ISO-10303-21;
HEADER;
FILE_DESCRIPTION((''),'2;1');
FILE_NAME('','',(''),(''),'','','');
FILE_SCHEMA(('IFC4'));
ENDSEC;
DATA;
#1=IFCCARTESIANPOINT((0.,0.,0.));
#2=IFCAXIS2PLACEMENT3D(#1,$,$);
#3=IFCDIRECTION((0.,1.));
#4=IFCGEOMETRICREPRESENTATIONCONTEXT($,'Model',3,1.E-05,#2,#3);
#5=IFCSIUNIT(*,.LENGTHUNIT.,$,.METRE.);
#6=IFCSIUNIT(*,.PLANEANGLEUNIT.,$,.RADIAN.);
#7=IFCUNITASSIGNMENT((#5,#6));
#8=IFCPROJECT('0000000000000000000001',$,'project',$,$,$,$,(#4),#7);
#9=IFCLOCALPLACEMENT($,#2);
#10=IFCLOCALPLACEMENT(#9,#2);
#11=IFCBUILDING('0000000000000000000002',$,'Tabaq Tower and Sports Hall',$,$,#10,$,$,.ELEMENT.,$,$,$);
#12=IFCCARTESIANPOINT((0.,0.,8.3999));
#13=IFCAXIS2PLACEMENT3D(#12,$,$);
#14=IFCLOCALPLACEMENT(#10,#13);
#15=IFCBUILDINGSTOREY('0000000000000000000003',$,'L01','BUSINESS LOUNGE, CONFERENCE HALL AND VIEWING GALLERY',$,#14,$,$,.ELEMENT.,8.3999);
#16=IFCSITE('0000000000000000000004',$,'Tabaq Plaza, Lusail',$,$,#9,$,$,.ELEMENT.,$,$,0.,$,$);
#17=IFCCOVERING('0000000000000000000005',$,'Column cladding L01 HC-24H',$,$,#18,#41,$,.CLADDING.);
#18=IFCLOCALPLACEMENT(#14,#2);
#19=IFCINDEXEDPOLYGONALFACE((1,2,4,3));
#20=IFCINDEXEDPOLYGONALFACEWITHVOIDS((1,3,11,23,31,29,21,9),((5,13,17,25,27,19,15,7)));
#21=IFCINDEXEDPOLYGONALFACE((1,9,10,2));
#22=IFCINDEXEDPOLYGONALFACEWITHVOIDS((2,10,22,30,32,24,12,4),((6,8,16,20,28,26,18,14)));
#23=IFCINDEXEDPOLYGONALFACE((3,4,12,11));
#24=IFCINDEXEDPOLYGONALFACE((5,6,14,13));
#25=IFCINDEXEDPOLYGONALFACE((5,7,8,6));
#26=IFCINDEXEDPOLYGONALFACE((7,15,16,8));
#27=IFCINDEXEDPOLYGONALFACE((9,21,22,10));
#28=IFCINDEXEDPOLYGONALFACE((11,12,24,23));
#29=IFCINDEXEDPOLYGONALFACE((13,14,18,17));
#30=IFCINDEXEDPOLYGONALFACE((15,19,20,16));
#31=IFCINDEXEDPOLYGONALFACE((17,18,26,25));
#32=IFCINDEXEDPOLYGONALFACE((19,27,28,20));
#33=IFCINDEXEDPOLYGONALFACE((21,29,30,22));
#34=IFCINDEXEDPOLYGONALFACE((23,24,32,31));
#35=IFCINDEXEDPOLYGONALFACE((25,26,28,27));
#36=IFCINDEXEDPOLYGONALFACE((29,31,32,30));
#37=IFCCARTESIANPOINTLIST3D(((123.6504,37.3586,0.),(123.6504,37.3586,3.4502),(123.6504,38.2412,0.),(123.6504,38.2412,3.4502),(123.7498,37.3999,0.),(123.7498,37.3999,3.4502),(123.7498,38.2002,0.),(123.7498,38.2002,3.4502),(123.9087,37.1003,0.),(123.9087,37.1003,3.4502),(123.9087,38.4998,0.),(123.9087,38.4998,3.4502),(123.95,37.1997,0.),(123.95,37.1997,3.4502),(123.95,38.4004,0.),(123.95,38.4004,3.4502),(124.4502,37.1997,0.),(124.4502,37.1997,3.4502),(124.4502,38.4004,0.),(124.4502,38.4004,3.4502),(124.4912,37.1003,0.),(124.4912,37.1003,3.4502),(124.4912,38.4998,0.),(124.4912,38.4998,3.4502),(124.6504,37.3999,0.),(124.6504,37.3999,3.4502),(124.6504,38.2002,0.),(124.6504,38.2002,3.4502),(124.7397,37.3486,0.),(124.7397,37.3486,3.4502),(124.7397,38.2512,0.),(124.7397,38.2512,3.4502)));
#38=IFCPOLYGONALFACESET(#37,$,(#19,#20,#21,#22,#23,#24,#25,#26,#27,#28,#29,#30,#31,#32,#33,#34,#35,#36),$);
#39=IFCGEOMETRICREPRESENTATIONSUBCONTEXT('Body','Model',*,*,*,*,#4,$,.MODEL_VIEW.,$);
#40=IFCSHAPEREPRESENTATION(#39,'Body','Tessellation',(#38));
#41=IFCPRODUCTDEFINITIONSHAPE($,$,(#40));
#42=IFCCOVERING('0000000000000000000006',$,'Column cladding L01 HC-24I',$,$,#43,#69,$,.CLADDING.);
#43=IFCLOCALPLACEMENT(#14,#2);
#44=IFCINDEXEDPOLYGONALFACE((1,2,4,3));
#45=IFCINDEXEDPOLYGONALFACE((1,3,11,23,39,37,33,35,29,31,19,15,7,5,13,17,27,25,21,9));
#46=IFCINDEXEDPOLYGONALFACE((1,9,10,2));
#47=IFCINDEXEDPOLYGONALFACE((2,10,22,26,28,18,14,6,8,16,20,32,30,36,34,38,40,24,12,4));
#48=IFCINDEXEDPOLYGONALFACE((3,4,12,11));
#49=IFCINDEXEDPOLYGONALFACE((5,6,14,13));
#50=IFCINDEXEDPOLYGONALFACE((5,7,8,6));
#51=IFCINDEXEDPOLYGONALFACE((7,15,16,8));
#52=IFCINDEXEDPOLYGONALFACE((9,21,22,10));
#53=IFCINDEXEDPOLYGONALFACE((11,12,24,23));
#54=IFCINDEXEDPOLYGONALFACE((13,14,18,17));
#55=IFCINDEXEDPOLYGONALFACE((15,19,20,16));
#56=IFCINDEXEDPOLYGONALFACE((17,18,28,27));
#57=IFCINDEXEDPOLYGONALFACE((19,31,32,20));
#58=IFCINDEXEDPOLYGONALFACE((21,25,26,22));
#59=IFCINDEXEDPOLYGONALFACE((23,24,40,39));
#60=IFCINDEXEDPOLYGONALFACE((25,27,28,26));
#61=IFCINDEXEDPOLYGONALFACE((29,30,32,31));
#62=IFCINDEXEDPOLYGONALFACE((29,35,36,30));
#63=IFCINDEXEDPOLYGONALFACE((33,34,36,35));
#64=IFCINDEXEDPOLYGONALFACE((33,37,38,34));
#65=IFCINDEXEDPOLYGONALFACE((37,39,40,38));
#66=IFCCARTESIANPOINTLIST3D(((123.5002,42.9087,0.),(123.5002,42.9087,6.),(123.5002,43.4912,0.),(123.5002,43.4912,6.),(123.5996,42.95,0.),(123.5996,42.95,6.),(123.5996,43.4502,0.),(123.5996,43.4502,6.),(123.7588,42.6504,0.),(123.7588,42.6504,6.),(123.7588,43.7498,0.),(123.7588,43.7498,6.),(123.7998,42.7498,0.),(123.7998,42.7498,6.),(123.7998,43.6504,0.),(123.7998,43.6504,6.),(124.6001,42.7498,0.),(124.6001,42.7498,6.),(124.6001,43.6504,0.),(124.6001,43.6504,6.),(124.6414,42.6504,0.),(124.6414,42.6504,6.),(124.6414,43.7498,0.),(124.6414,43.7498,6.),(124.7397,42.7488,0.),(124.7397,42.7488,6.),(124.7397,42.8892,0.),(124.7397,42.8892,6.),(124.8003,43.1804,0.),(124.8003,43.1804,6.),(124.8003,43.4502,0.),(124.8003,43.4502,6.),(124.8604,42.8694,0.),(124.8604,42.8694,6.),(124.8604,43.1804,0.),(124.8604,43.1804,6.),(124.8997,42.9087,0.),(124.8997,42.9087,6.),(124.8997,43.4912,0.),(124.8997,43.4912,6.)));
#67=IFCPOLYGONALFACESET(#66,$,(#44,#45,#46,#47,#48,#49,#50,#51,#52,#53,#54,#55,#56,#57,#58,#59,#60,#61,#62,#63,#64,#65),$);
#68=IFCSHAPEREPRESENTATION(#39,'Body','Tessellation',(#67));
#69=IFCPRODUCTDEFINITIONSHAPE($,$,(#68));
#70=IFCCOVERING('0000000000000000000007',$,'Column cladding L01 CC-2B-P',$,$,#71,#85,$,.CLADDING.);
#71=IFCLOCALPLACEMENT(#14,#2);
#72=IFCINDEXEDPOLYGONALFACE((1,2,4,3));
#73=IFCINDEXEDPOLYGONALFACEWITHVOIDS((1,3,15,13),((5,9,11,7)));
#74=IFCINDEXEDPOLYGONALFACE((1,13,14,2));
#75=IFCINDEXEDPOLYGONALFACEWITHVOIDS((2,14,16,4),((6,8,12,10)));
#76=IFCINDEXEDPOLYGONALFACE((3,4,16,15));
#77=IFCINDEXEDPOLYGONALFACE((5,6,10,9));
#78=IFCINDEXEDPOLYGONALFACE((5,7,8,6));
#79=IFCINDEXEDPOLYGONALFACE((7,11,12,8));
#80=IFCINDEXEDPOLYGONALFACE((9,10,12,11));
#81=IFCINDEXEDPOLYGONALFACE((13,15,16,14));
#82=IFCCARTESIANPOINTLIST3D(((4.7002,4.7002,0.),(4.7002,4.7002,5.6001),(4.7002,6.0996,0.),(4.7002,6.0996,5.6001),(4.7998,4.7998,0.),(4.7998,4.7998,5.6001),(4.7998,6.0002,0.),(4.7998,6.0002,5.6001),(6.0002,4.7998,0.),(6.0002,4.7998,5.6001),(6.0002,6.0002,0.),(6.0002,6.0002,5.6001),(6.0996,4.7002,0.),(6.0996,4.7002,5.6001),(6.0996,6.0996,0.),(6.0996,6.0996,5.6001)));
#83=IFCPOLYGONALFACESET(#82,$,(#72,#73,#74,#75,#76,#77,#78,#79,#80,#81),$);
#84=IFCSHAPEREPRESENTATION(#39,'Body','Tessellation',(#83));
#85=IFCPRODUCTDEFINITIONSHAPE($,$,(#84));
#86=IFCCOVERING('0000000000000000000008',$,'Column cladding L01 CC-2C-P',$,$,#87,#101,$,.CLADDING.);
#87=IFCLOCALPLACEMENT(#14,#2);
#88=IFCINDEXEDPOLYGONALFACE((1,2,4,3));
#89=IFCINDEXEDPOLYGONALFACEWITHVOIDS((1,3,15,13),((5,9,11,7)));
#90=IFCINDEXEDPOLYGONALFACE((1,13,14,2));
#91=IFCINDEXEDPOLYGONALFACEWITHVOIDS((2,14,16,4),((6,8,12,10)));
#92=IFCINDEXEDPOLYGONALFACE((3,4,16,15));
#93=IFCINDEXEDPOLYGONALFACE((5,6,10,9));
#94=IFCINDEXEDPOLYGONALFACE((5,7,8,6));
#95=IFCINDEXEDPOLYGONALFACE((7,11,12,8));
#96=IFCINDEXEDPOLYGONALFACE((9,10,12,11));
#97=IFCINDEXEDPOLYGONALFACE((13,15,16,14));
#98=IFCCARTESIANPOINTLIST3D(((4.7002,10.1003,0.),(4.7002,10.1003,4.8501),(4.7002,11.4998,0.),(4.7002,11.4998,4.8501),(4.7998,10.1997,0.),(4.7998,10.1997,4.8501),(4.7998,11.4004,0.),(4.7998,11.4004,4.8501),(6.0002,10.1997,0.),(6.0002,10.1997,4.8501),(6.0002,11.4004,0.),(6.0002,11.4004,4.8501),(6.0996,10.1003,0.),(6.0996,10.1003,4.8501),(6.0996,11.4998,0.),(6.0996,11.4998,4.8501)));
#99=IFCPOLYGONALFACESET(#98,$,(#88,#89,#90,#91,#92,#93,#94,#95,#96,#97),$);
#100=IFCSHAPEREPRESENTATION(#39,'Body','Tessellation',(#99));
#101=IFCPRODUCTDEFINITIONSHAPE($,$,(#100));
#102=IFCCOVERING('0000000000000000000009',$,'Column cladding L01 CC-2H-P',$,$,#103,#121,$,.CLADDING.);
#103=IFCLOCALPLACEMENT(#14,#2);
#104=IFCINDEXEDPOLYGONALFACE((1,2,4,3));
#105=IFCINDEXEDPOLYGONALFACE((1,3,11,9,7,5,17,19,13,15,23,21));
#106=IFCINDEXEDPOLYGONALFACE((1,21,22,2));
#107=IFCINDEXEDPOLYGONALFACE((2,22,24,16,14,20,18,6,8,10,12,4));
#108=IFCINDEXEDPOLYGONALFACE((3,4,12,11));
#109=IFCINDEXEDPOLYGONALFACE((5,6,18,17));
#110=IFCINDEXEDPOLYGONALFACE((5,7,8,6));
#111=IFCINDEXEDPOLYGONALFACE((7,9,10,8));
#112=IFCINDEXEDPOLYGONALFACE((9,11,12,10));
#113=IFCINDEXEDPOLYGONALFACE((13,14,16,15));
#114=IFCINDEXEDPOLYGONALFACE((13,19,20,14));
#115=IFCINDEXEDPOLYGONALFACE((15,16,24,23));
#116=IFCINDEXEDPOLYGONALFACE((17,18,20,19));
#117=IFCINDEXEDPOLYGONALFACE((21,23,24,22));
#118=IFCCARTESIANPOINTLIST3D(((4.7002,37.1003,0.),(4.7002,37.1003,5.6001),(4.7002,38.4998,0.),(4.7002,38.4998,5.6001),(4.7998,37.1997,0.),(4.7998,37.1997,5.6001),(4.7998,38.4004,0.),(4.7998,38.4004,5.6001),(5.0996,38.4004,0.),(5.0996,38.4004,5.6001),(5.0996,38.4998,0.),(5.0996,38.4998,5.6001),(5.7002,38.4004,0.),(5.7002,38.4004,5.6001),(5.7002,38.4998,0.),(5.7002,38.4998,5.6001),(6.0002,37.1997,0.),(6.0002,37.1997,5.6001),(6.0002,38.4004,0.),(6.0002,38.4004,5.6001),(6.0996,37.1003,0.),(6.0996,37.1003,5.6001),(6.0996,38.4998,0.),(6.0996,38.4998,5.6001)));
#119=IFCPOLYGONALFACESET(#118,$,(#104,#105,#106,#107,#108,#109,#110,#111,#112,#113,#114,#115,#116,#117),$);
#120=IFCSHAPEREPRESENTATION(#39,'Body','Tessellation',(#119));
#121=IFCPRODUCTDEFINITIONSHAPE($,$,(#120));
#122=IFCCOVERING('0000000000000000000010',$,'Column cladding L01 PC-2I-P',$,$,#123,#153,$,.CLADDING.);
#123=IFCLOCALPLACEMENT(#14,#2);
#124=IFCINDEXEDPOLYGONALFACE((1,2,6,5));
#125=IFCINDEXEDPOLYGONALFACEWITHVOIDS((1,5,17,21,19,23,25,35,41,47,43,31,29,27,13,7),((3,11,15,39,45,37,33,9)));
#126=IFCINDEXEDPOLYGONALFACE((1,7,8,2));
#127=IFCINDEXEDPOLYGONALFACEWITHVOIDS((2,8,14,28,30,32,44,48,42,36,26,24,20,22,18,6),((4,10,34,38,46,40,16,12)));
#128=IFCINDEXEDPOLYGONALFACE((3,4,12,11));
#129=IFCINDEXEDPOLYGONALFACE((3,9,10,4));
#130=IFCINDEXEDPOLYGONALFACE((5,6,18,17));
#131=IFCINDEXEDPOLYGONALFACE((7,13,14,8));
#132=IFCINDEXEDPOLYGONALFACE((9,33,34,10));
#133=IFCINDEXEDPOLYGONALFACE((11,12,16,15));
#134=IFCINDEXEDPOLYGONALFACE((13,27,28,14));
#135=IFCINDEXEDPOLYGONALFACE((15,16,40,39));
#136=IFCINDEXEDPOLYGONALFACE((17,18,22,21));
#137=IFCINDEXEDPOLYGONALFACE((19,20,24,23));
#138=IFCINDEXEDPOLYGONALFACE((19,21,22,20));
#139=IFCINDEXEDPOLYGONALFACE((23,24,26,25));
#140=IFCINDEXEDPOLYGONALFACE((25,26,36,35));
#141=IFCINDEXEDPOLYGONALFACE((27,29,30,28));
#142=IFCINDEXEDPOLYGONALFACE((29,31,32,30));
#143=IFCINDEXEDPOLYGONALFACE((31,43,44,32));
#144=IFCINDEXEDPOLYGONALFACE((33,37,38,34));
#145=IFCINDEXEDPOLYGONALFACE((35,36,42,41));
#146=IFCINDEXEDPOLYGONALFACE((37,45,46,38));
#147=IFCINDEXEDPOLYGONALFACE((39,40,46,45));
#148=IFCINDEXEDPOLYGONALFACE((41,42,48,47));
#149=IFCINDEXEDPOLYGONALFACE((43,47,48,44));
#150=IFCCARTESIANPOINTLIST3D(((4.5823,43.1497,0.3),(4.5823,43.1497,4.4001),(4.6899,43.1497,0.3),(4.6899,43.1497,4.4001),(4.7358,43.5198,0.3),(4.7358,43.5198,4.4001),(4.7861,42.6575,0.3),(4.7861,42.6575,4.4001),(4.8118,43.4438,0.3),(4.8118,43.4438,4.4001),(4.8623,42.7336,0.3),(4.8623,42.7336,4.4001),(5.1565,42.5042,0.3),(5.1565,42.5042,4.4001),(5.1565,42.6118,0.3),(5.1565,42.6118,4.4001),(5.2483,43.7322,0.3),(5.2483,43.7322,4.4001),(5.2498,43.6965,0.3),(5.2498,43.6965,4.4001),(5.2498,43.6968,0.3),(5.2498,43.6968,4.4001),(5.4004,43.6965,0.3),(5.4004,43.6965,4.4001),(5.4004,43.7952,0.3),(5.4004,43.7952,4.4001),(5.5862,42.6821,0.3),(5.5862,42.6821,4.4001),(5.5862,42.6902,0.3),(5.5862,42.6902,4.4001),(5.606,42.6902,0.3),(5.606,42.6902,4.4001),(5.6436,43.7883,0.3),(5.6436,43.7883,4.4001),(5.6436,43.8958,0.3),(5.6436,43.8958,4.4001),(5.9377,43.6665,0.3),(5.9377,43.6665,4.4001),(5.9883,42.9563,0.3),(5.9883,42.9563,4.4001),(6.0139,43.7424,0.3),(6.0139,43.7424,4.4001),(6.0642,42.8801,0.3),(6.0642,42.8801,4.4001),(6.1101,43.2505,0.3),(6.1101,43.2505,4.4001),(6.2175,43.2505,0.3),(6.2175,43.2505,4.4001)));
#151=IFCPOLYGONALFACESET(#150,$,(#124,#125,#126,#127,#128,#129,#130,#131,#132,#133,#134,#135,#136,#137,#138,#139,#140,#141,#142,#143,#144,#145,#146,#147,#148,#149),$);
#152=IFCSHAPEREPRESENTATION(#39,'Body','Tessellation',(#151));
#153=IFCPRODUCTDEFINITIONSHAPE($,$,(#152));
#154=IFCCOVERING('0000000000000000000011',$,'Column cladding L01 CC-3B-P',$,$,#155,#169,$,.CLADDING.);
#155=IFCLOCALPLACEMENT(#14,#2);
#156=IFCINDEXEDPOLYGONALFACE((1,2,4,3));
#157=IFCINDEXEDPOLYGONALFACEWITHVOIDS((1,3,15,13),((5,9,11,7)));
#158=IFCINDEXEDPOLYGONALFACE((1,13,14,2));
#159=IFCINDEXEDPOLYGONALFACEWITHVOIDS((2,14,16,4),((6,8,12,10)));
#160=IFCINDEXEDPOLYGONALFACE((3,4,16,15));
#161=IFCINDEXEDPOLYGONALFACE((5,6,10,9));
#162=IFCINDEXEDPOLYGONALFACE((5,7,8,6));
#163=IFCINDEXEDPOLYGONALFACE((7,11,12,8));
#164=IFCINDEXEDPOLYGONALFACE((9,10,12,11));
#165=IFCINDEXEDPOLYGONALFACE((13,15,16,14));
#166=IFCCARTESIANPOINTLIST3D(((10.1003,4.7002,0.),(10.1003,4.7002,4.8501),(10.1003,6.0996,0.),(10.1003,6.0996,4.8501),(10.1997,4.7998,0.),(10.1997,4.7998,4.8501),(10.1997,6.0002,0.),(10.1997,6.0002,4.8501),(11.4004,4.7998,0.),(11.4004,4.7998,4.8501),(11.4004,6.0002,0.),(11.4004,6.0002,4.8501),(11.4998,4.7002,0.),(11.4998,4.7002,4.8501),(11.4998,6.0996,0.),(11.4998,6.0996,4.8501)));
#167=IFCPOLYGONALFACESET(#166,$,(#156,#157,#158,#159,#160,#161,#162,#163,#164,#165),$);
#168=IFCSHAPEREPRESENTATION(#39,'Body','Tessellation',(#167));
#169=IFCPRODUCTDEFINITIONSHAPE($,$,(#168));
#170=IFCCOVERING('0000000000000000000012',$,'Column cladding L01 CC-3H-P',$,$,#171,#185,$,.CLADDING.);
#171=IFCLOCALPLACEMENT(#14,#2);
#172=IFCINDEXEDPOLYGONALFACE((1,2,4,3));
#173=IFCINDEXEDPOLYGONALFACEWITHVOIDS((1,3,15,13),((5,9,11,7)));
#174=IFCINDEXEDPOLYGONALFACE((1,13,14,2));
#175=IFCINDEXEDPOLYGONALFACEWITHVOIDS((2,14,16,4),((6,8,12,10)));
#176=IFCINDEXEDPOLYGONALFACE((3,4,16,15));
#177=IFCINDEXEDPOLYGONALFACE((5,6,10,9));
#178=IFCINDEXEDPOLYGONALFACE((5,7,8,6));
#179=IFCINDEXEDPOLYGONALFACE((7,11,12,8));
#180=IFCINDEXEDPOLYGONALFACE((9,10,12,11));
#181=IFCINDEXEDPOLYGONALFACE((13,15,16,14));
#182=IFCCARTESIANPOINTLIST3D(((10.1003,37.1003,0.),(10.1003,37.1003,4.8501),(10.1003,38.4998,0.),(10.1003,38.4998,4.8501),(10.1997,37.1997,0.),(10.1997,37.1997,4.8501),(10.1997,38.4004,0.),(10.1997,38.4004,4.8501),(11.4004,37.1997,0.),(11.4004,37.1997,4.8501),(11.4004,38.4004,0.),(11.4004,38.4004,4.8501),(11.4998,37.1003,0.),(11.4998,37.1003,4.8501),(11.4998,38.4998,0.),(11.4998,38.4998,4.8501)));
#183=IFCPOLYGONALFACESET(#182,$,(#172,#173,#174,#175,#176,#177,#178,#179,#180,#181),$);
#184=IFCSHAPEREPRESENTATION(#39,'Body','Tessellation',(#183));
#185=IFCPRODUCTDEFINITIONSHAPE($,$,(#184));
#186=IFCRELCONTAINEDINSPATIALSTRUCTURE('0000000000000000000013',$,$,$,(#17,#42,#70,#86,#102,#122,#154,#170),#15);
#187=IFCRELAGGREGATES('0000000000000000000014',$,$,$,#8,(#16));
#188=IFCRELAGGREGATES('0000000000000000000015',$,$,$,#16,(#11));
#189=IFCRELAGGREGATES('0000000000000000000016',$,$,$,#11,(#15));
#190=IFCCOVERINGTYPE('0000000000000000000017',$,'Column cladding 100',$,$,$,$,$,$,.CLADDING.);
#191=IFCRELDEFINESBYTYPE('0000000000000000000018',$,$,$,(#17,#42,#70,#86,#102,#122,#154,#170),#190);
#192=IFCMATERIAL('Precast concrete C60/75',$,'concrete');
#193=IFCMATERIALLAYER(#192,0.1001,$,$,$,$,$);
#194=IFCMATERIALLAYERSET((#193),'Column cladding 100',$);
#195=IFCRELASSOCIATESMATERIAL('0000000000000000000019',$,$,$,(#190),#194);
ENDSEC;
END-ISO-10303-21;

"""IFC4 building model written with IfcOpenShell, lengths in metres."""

from ifc_helpers import new_model, si_unit, direction, frame, origin, place, context, subcontext, project, spatial, polyline, outline, extrude, material, layer, layer_set, type_object, element, save


model = new_model("IFC4")

# Units and contexts
model_context = context("Model", 3, precision=1e-05, world=origin(), true_north=direction((0.0, 1.0)))
body_context = subcontext(model_context, "Body", "Model", "MODEL_VIEW")
ifc_project = project(units=[si_unit("LENGTHUNIT", "METRE"), si_unit("PLANEANGLEUNIT", "RADIAN")], contexts=[model_context])

# Site, building, storey
site_placement = place(None, origin())
site = spatial("IfcSite", under=ifc_project, at=site_placement, Name="Tabaq Plaza, Lusail", CompositionType="ELEMENT", RefElevation=0.0)
building_placement = place(site_placement, origin())
building = spatial("IfcBuilding", under=site, at=building_placement, Name="Tabaq Tower and Sports Hall", CompositionType="ELEMENT")
storey_placement = place(building_placement, frame((0.0, 0.0, 8.3999)))
storey = spatial("IfcBuildingStorey", under=building, at=storey_placement, Name="L01", Description="BUSINESS LOUNGE, CONFERENCE HALL AND VIEWING GALLERY", CompositionType="ELEMENT", Elevation=8.3999)

# Coverings
ifc_material_1 = material(Name="Precast concrete C60/75", Category="concrete")
ifc_layer_1 = layer(ifc_material_1, 0.1001)
ifc_layer_set_1 = layer_set([ifc_layer_1], Name="Column cladding 100")
covering_type = type_object("IfcCoveringType", Name="Column cladding 100", PredefinedType="CLADDING", material=ifc_layer_set_1)
covering_1_placement = place(storey_placement, origin())
element("IfcCovering", 1, at=covering_1_placement, inside=storey, type_object=covering_type, Name="Column cladding L01 HC-24H", PredefinedType="CLADDING", context=body_context, shape_type="SweptSolid", body=[
    extrude(outline(polyline([(123.9087, 37.1003), (123.6504, 37.3586), (123.6504, 38.2412), (123.9087, 38.4998), (124.4912, 38.4998), (124.7397, 38.2512), (124.7397, 37.3486), (124.4912, 37.1003), (123.9087, 37.1003)]), holes=[polyline([(124.4502, 38.4004), (123.95, 38.4004), (123.7498, 38.2002), (123.7498, 37.3999), (123.95, 37.1997), (124.4502, 37.1997), (124.6504, 37.3999), (124.6504, 38.2002), (124.4502, 38.4004)])]), origin(), (0.0, 0.0, 1.0), 3.4502),
])
covering_2_placement = place(storey_placement, origin())
element("IfcCovering", 2, at=covering_2_placement, inside=storey, type_object=covering_type, Name="Column cladding L01 HC-24I", PredefinedType="CLADDING", context=body_context, shape_type="SweptSolid", body=[
    extrude(outline(polyline([(123.5002, 43.4912), (123.7588, 43.7498), (124.6414, 43.7498), (124.8997, 43.4912), (124.8997, 42.9087), (124.8604, 42.8694), (124.8604, 43.1804), (124.8003, 43.1804), (124.8003, 43.4502), (124.6001, 43.6504), (123.7998, 43.6504), (123.5996, 43.4502), (123.5996, 42.95), (123.7998, 42.7498), (124.6001, 42.7498), (124.7397, 42.8892), (124.7397, 42.7488), (124.6414, 42.6504), (123.7588, 42.6504), (123.5002, 42.9087), (123.5002, 43.4912)])), origin(), (0.0, 0.0, 1.0), 6.0),
])
covering_3_placement = place(storey_placement, origin())
element("IfcCovering", 3, at=covering_3_placement, inside=storey, type_object=covering_type, Name="Column cladding L01 CC-2B-P", PredefinedType="CLADDING", context=body_context, shape_type="SweptSolid", body=[
    extrude(outline(polyline([(4.7002, 6.0996), (6.0996, 6.0996), (6.0996, 4.7002), (4.7002, 4.7002), (4.7002, 6.0996)]), holes=[polyline([(6.0002, 4.7998), (6.0002, 6.0002), (4.7998, 6.0002), (4.7998, 4.7998), (6.0002, 4.7998)])]), origin(), (0.0, 0.0, 1.0), 5.6001),
])
covering_4_placement = place(storey_placement, origin())
element("IfcCovering", 4, at=covering_4_placement, inside=storey, type_object=covering_type, Name="Column cladding L01 CC-2C-P", PredefinedType="CLADDING", context=body_context, shape_type="SweptSolid", body=[
    extrude(outline(polyline([(4.7002, 11.4998), (6.0996, 11.4998), (6.0996, 10.1003), (4.7002, 10.1003), (4.7002, 11.4998)]), holes=[polyline([(6.0002, 10.1997), (6.0002, 11.4004), (4.7998, 11.4004), (4.7998, 10.1997), (6.0002, 10.1997)])]), origin(), (0.0, 0.0, 1.0), 4.8501),
])
covering_5_placement = place(storey_placement, origin())
element("IfcCovering", 5, at=covering_5_placement, inside=storey, type_object=covering_type, Name="Column cladding L01 CC-2H-P", PredefinedType="CLADDING", context=body_context, shape_type="SweptSolid", body=[
    extrude(outline(polyline([(5.0996, 38.4998), (5.0996, 38.4004), (4.7998, 38.4004), (4.7998, 37.1997), (6.0002, 37.1997), (6.0002, 38.4004), (5.7002, 38.4004), (5.7002, 38.4998), (6.0996, 38.4998), (6.0996, 37.1003), (4.7002, 37.1003), (4.7002, 38.4998), (5.0996, 38.4998)])), origin(), (0.0, 0.0, 1.0), 5.6001),
])
covering_6_placement = place(storey_placement, frame((0.0, 0.0, 0.3)))
element("IfcCovering", 6, at=covering_6_placement, inside=storey, type_object=covering_type, Name="Column cladding L01 PC-2I-P", PredefinedType="CLADDING", context=body_context, shape_type="SweptSolid", body=[
    extrude(outline(polyline([(4.5823, 43.1497), (4.7358, 43.5198), (5.2483, 43.7322), (5.2498, 43.6968), (5.2498, 43.6965), (5.4004, 43.6965), (5.4004, 43.7952), (5.6436, 43.8958), (6.0139, 43.7424), (6.2175, 43.2505), (6.0642, 42.8801), (5.606, 42.6902), (5.5862, 42.6902), (5.5862, 42.6821), (5.1565, 42.5042), (4.7861, 42.6575), (4.5823, 43.1497)]), holes=[polyline([(6.1101, 43.2505), (5.9377, 43.6665), (5.6436, 43.7883), (4.8118, 43.4438), (4.6899, 43.1497), (4.8623, 42.7336), (5.1565, 42.6118), (5.9883, 42.9563), (6.1101, 43.2505)])]), origin(), (0.0, 0.0, 1.0), 4.1001),
])
covering_7_placement = place(storey_placement, origin())
element("IfcCovering", 7, at=covering_7_placement, inside=storey, type_object=covering_type, Name="Column cladding L01 CC-3B-P", PredefinedType="CLADDING", context=body_context, shape_type="SweptSolid", body=[
    extrude(outline(polyline([(10.1003, 6.0996), (11.4998, 6.0996), (11.4998, 4.7002), (10.1003, 4.7002), (10.1003, 6.0996)]), holes=[polyline([(11.4004, 4.7998), (11.4004, 6.0002), (10.1997, 6.0002), (10.1997, 4.7998), (11.4004, 4.7998)])]), origin(), (0.0, 0.0, 1.0), 4.8501),
])
covering_8_placement = place(storey_placement, origin())
element("IfcCovering", 8, at=covering_8_placement, inside=storey, type_object=covering_type, Name="Column cladding L01 CC-3H-P", PredefinedType="CLADDING", context=body_context, shape_type="SweptSolid", body=[
    extrude(outline(polyline([(10.1003, 38.4998), (11.4998, 38.4998), (11.4998, 37.1003), (10.1003, 37.1003), (10.1003, 38.4998)]), holes=[polyline([(11.4004, 37.1997), (11.4004, 38.4004), (10.1997, 38.4004), (10.1997, 37.1997), (11.4004, 37.1997)])]), origin(), (0.0, 0.0, 1.0), 4.8501),
])

save(model, "model.ifc")
